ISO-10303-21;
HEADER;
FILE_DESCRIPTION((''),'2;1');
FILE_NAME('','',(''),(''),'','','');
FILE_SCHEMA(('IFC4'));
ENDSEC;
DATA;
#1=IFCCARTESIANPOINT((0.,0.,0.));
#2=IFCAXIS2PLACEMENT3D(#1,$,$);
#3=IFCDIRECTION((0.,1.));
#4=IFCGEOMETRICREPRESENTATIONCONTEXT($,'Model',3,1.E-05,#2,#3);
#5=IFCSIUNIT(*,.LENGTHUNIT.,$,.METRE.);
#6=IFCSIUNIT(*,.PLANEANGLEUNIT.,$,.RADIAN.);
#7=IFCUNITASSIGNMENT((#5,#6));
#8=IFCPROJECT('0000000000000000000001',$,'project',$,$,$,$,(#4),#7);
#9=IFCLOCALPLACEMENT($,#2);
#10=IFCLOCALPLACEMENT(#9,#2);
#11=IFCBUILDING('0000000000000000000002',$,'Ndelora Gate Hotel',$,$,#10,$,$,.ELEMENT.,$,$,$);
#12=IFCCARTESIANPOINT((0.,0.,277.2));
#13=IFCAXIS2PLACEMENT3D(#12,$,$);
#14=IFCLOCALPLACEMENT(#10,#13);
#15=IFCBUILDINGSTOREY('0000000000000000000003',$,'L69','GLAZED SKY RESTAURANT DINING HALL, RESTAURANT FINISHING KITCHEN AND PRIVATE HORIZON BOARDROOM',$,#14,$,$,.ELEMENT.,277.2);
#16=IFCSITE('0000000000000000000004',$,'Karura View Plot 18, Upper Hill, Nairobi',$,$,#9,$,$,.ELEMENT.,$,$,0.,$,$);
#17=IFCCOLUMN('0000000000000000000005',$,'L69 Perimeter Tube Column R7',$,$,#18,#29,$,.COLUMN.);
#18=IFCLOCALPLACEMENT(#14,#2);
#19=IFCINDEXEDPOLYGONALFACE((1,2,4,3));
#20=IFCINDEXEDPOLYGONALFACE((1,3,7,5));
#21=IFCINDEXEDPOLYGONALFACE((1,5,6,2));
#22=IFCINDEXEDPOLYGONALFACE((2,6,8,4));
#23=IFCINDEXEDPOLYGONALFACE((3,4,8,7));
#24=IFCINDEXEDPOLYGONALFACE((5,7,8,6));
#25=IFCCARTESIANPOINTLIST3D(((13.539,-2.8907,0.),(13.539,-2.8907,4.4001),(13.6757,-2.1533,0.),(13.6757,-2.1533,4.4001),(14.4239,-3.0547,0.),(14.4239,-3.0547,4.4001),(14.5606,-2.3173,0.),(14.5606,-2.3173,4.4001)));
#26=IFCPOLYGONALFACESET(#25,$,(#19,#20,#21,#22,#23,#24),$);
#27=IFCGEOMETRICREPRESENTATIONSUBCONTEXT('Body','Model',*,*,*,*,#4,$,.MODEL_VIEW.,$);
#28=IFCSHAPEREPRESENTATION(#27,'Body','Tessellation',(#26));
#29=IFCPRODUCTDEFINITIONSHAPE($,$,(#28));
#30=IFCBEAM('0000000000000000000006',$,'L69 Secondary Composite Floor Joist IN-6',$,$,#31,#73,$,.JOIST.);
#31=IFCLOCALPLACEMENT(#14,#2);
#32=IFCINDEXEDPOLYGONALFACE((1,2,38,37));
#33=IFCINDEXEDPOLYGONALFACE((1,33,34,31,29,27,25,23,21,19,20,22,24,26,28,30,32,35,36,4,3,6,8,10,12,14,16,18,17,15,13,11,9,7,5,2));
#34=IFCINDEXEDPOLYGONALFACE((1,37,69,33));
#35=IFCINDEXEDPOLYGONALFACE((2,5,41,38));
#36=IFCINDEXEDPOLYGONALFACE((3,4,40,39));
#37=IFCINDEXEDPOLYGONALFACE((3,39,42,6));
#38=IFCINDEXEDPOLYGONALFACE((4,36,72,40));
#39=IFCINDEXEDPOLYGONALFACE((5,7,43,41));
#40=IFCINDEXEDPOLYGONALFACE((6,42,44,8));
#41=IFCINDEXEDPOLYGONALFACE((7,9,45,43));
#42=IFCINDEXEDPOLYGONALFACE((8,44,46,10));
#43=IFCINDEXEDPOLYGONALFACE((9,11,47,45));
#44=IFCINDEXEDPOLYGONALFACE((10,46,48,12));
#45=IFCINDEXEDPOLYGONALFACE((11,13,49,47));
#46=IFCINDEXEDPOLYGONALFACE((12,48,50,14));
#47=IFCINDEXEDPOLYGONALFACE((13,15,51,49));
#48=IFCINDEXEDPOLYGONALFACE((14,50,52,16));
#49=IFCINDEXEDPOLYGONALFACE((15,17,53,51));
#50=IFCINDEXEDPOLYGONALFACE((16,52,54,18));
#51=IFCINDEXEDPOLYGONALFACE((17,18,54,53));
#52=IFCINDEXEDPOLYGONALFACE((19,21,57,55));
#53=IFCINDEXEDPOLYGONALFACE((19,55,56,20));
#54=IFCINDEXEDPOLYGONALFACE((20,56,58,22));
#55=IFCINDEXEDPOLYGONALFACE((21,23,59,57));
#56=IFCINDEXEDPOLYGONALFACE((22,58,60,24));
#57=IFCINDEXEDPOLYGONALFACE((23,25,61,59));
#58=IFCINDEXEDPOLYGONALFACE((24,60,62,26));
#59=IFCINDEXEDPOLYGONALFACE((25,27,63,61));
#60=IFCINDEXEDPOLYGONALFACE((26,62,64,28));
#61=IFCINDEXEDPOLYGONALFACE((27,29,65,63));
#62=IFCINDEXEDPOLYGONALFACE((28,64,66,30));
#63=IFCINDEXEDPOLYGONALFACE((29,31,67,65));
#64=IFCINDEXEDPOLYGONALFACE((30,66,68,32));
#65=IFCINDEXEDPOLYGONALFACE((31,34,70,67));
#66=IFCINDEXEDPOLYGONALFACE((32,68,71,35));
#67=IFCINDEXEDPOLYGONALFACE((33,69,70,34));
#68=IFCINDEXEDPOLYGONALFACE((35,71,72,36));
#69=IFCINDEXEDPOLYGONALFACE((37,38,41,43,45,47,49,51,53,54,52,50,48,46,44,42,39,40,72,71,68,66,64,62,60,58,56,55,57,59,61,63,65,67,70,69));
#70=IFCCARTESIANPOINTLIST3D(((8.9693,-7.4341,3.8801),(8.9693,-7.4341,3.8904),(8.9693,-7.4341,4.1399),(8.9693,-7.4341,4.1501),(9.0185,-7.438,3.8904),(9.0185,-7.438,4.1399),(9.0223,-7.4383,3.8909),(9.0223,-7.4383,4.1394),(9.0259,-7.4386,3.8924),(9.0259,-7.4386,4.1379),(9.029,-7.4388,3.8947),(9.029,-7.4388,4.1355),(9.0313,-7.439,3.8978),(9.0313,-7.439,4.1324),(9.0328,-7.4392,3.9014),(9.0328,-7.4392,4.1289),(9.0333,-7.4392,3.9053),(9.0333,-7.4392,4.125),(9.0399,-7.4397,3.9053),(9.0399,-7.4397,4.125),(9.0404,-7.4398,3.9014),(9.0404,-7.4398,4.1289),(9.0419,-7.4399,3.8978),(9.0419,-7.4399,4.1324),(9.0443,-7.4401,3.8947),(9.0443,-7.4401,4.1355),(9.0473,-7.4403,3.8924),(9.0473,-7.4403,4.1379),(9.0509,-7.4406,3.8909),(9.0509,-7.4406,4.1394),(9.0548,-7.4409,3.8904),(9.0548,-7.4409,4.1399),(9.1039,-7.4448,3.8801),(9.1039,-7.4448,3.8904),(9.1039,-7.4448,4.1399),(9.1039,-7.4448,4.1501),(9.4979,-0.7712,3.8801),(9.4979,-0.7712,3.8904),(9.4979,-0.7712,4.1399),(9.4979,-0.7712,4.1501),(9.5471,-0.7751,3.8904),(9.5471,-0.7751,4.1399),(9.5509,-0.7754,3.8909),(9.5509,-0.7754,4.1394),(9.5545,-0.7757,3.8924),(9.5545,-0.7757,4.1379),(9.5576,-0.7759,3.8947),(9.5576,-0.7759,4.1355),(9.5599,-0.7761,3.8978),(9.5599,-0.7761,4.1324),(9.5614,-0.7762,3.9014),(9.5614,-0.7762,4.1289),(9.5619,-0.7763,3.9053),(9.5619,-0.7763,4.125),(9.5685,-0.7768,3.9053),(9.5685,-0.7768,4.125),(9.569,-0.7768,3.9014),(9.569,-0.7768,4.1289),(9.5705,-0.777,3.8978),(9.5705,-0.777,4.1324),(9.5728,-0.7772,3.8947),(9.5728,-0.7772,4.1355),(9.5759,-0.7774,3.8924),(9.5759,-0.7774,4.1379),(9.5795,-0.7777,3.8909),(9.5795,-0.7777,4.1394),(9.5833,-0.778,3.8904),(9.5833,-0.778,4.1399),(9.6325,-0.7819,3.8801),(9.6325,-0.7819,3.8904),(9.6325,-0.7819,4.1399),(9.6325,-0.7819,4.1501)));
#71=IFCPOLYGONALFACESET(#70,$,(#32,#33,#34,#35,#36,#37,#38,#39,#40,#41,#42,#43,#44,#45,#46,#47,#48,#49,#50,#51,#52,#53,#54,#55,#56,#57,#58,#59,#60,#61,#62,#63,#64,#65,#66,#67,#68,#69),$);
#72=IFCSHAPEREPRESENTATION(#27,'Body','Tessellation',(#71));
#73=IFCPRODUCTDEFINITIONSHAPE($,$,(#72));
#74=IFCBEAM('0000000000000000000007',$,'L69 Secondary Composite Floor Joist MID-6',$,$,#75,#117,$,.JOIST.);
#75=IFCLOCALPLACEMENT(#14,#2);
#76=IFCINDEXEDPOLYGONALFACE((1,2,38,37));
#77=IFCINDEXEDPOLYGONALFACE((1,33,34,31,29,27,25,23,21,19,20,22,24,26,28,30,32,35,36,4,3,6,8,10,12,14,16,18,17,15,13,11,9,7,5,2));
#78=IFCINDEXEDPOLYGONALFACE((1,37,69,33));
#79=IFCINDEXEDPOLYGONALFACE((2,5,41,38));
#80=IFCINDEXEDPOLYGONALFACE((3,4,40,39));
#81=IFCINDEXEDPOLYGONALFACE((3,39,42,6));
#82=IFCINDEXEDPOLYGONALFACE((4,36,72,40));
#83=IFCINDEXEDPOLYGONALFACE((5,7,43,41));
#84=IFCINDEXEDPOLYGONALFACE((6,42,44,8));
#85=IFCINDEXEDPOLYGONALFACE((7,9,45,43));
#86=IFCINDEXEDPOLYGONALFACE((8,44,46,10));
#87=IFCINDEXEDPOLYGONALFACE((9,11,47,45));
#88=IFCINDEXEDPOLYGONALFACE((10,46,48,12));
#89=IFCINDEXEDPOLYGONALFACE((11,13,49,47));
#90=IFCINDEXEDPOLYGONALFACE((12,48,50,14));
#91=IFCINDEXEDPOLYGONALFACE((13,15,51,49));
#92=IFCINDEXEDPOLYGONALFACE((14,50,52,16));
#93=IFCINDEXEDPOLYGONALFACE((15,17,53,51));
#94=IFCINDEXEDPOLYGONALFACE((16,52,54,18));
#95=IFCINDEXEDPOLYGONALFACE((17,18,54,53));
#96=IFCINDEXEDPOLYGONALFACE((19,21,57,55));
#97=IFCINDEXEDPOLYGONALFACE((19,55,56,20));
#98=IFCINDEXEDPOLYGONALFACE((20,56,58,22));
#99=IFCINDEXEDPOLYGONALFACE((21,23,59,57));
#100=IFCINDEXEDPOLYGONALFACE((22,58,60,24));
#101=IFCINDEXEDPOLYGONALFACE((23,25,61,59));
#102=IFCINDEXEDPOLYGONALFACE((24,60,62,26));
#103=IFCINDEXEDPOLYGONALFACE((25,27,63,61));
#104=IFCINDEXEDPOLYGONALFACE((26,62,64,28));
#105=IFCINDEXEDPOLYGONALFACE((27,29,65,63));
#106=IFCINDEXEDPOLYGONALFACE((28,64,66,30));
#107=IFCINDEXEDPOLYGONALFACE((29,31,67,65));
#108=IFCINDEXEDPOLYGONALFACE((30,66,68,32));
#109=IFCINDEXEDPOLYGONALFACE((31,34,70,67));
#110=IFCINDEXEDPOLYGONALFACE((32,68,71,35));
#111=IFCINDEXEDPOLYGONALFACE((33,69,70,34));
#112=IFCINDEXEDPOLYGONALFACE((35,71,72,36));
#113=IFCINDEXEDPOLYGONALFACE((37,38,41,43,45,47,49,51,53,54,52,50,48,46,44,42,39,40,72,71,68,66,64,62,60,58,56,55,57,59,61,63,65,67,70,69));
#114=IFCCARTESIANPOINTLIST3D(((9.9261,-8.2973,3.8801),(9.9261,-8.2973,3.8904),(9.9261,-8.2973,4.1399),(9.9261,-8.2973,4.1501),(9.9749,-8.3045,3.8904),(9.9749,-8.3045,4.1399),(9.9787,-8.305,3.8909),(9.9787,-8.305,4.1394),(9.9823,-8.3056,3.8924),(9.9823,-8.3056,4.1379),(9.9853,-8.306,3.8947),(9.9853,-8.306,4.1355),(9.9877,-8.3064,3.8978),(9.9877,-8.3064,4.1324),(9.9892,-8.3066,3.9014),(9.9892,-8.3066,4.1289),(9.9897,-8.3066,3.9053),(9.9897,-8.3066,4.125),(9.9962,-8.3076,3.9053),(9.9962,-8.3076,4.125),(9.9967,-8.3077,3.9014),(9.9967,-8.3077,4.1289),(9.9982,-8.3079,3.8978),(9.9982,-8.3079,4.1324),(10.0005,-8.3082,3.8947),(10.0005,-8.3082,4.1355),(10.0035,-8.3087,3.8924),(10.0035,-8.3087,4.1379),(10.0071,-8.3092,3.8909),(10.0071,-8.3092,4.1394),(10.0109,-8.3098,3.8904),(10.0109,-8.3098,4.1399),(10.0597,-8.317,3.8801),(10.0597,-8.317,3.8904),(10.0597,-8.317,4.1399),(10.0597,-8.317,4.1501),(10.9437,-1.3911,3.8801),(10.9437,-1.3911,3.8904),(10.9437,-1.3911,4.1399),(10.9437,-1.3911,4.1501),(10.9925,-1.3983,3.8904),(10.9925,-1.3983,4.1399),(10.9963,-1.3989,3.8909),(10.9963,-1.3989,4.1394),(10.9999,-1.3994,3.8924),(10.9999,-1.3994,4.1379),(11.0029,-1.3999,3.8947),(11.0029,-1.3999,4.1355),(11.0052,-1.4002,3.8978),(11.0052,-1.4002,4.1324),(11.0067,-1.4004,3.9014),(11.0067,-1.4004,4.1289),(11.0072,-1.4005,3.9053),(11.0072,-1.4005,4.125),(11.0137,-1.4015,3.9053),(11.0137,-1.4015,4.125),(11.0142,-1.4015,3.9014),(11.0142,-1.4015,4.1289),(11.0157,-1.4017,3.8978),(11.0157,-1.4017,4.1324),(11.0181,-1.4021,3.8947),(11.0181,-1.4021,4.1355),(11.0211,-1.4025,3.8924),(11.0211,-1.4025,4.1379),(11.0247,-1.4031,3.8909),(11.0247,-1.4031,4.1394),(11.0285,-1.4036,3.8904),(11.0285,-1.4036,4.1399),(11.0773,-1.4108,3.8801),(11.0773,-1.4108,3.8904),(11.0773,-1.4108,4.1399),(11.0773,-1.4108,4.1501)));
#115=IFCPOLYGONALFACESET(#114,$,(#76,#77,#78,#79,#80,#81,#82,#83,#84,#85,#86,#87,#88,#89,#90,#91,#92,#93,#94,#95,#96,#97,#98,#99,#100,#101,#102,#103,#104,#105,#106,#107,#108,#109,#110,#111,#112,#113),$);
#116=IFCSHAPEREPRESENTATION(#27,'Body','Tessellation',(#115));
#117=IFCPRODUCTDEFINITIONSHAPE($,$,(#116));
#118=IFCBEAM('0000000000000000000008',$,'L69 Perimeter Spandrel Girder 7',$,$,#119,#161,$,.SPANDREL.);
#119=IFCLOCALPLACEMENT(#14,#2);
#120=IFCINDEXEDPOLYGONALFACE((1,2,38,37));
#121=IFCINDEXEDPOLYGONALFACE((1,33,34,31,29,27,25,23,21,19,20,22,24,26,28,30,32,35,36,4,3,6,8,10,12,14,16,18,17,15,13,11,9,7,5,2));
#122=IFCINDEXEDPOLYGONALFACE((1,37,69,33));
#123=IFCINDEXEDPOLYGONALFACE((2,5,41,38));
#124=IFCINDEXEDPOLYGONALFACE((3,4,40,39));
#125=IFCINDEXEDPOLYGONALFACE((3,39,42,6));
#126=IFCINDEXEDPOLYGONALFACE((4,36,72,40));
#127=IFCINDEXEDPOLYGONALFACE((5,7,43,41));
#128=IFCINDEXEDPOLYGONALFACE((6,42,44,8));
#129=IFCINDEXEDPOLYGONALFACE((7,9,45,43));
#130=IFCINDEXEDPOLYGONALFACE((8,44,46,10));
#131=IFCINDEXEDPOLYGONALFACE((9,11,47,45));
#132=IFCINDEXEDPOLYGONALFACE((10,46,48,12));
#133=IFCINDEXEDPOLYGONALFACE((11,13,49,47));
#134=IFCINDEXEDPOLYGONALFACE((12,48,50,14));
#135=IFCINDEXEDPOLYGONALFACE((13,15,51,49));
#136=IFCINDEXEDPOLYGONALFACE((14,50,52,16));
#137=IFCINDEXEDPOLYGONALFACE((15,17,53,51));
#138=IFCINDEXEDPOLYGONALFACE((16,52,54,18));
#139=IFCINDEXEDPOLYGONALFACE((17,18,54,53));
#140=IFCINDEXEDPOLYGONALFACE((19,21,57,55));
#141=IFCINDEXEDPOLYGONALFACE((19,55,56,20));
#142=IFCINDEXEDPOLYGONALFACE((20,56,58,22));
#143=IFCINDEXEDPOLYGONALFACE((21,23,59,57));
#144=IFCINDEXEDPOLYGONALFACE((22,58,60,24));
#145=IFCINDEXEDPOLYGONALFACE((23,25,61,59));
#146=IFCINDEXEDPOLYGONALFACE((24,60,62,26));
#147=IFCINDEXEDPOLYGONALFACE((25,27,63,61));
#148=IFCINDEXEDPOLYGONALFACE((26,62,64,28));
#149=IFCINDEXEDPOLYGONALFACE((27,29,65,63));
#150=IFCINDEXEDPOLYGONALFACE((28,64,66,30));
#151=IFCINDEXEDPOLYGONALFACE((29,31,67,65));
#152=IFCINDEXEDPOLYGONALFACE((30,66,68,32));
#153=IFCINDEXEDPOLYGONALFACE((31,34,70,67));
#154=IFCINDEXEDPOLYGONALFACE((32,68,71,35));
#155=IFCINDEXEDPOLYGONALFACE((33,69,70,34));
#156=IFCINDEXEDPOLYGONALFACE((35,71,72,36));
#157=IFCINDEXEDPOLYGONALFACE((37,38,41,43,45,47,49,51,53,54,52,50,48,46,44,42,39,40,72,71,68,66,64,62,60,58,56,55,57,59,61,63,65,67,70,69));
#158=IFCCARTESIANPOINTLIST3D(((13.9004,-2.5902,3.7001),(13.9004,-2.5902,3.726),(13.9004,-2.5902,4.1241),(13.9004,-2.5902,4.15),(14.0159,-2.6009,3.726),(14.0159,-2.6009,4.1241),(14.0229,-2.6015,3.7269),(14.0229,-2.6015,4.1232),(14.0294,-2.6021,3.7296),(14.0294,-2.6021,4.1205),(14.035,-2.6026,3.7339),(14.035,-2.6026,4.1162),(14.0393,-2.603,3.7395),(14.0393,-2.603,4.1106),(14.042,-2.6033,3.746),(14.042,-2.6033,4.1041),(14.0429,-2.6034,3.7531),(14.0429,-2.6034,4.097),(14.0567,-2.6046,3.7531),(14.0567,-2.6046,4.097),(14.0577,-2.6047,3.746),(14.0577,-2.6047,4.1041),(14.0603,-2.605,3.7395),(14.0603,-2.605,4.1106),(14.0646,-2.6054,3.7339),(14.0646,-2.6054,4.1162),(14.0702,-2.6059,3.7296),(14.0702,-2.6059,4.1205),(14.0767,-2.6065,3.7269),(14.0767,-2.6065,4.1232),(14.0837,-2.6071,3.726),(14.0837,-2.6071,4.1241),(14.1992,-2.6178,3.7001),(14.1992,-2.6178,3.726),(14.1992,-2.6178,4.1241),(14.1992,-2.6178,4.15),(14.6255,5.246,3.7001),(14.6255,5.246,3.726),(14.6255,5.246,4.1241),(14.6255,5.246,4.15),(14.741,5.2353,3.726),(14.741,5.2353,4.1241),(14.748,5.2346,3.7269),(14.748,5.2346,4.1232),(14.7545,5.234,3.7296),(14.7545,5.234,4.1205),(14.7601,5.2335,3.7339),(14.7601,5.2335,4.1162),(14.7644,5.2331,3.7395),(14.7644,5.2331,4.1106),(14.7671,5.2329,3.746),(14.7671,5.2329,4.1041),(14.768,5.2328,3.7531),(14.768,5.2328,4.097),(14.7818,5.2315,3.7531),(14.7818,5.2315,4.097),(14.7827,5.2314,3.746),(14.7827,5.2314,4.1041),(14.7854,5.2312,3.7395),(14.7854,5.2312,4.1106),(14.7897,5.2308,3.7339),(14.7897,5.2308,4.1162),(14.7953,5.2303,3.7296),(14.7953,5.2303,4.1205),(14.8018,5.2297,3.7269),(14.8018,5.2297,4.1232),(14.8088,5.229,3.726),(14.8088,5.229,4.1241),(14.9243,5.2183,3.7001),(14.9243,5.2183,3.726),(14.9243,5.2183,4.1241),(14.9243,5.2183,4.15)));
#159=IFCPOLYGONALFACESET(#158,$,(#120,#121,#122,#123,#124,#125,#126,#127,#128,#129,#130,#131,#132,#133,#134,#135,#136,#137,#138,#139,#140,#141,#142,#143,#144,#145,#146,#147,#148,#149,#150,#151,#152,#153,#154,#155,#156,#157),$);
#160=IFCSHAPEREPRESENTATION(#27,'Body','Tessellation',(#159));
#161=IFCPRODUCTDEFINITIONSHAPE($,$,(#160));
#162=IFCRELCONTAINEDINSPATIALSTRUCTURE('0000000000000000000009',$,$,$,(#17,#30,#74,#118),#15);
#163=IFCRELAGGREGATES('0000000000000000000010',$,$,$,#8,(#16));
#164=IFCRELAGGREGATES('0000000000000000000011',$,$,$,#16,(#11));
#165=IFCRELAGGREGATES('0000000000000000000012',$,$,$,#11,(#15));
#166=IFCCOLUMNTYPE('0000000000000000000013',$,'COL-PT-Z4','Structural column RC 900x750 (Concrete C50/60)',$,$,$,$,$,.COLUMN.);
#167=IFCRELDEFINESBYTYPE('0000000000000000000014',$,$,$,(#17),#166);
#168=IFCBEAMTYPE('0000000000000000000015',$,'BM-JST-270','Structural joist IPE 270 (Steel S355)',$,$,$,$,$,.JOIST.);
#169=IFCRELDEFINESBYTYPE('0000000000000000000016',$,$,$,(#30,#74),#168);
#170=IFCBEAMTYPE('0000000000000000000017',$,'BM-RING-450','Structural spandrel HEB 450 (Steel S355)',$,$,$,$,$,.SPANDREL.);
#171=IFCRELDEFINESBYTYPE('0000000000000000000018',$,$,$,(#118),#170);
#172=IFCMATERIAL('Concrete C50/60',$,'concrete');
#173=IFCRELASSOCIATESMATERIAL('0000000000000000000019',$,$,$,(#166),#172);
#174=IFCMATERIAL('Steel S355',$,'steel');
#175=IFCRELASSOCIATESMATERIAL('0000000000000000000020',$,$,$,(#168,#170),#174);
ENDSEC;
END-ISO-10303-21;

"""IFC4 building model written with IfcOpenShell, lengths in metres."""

from ifc_helpers import new_model, si_unit, direction, frame, origin, origin_2d, place, context, subcontext, project, spatial, rectangle, i_section, extrude, material, material_profile, profile_set, type_object, element, save


model = new_model("IFC4")

# Units and contexts
model_context = context("Model", 3, precision=1e-05, world=origin(), true_north=direction((0.0, 1.0)))
body_context = subcontext(model_context, "Body", "Model", "MODEL_VIEW")
ifc_project = project(units=[si_unit("LENGTHUNIT", "METRE"), si_unit("PLANEANGLEUNIT", "RADIAN")], contexts=[model_context])

# Site, building, storey
site_placement = place(None, origin())
site = spatial("IfcSite", under=ifc_project, at=site_placement, Name="Karura View Plot 18, Upper Hill, Nairobi", CompositionType="ELEMENT", RefElevation=0.0)
building_placement = place(site_placement, origin())
building = spatial("IfcBuilding", under=site, at=building_placement, Name="Ndelora Gate Hotel", CompositionType="ELEMENT")
storey_placement = place(building_placement, frame((0.0, 0.0, 277.2)))
storey = spatial("IfcBuildingStorey", under=building, at=storey_placement, Name="L69", Description="GLAZED SKY RESTAURANT DINING HALL, RESTAURANT FINISHING KITCHEN AND PRIVATE HORIZON BOARDROOM", CompositionType="ELEMENT", Elevation=277.2)

# Column
ifc_material_1 = material(Name="Concrete C50/60", Category="concrete")
ifc_material_profile_1 = material_profile(ifc_material_1, rectangle(XDim=0.75, YDim=0.8999, at=origin_2d()), Name="RC 900x750")
ifc_profile_set_1 = profile_set([ifc_material_profile_1], Name="Concrete C50/60")
column_type = type_object("IfcColumnType", Name="COL-PT-Z4", Description="Structural column RC 900x750 (Concrete C50/60)", PredefinedType="COLUMN", material=ifc_profile_set_1)
column_placement = place(storey_placement, frame((14.0498, -2.604, 0.0), z_axis=(0.0, 0.0, 1.0), x_axis=(0.182236, 0.983255, 0.0)))
element("IfcColumn", 1, at=column_placement, inside=storey, type_object=column_type, Name="L69 Perimeter Tube Column R7", PredefinedType="COLUMN", context=body_context, shape_type="SweptSolid", body=[
    extrude(rectangle(XDim=0.75, YDim=0.8999, at=origin_2d()), origin(), (0.0, 0.0, 1.0), 4.4001),
])

# Beams
ifc_material_2 = material(Name="Steel S355", Category="steel")
ifc_material_profile_2 = material_profile(ifc_material_2, i_section(OverallWidth=0.135, OverallDepth=0.27, WebThickness=0.0066, FlangeThickness=0.0103, FilletRadius=0.0149, at=origin_2d()), Name="IPE 270")
ifc_profile_set_2 = profile_set([ifc_material_profile_2], Name="Steel S355")
beam_type_1 = type_object("IfcBeamType", Name="BM-JST-270", Description="Structural joist IPE 270 (Steel S355)", PredefinedType="JOIST", material=ifc_profile_set_2)
beam_1_placement = place(storey_placement, frame((9.0366, -7.4395, 4.0151), z_axis=(0.079082, 0.996868, 0.0), x_axis=(-0.996868, 0.079082, 0.0)))
element("IfcBeam", 2, at=beam_1_placement, inside=storey, type_object=beam_type_1, Name="L69 Secondary Composite Floor Joist IN-6", PredefinedType="JOIST", context=body_context, shape_type="SweptSolid", body=[
    extrude(i_section(OverallWidth=0.135, OverallDepth=0.27, WebThickness=0.0066, FlangeThickness=0.0103, FilletRadius=0.0149, at=origin_2d()), origin(), (0.0, 0.0, 1.0), 6.6838),
])
beam_2_placement = place(storey_placement, frame((9.9929, -8.3071, 4.0151), z_axis=(0.145768, 0.989319, 0.0), x_axis=(-0.989319, 0.145768, 0.0)))
element("IfcBeam", 3, at=beam_2_placement, inside=storey, type_object=beam_type_1, Name="L69 Secondary Composite Floor Joist MID-6", PredefinedType="JOIST", context=body_context, shape_type="SweptSolid", body=[
    extrude(i_section(OverallWidth=0.135, OverallDepth=0.27, WebThickness=0.0066, FlangeThickness=0.0103, FilletRadius=0.0149, at=origin_2d()), origin(), (0.0, 0.0, 1.0), 6.9807),
])
ifc_material_profile_3 = material_profile(ifc_material_2, i_section(OverallWidth=0.3, OverallDepth=0.45, WebThickness=0.0139, FlangeThickness=0.0259, FilletRadius=0.0271, at=origin_2d()), Name="HEB 450")
ifc_profile_set_3 = profile_set([ifc_material_profile_3], Name="Steel S355")
beam_type_2 = type_object("IfcBeamType", Name="BM-RING-450", Description="Structural spandrel HEB 450 (Steel S355)", PredefinedType="SPANDREL", material=ifc_profile_set_3)
beam_3_placement = place(storey_placement, frame((14.0498, -2.604, 3.925), z_axis=(0.092138, 0.995746, 0.0), x_axis=(-0.995746, 0.092138, 0.0)))
element("IfcBeam", 4, at=beam_3_placement, inside=storey, type_object=beam_type_2, Name="L69 Perimeter Spandrel Girder 7", PredefinedType="SPANDREL", context=body_context, shape_type="SweptSolid", body=[
    extrude(i_section(OverallWidth=0.3, OverallDepth=0.45, WebThickness=0.0139, FlangeThickness=0.0259, FilletRadius=0.0271, at=origin_2d()), origin(), (0.0, 0.0, 1.0), 7.8696),
])

save(model, "model.ifc")
